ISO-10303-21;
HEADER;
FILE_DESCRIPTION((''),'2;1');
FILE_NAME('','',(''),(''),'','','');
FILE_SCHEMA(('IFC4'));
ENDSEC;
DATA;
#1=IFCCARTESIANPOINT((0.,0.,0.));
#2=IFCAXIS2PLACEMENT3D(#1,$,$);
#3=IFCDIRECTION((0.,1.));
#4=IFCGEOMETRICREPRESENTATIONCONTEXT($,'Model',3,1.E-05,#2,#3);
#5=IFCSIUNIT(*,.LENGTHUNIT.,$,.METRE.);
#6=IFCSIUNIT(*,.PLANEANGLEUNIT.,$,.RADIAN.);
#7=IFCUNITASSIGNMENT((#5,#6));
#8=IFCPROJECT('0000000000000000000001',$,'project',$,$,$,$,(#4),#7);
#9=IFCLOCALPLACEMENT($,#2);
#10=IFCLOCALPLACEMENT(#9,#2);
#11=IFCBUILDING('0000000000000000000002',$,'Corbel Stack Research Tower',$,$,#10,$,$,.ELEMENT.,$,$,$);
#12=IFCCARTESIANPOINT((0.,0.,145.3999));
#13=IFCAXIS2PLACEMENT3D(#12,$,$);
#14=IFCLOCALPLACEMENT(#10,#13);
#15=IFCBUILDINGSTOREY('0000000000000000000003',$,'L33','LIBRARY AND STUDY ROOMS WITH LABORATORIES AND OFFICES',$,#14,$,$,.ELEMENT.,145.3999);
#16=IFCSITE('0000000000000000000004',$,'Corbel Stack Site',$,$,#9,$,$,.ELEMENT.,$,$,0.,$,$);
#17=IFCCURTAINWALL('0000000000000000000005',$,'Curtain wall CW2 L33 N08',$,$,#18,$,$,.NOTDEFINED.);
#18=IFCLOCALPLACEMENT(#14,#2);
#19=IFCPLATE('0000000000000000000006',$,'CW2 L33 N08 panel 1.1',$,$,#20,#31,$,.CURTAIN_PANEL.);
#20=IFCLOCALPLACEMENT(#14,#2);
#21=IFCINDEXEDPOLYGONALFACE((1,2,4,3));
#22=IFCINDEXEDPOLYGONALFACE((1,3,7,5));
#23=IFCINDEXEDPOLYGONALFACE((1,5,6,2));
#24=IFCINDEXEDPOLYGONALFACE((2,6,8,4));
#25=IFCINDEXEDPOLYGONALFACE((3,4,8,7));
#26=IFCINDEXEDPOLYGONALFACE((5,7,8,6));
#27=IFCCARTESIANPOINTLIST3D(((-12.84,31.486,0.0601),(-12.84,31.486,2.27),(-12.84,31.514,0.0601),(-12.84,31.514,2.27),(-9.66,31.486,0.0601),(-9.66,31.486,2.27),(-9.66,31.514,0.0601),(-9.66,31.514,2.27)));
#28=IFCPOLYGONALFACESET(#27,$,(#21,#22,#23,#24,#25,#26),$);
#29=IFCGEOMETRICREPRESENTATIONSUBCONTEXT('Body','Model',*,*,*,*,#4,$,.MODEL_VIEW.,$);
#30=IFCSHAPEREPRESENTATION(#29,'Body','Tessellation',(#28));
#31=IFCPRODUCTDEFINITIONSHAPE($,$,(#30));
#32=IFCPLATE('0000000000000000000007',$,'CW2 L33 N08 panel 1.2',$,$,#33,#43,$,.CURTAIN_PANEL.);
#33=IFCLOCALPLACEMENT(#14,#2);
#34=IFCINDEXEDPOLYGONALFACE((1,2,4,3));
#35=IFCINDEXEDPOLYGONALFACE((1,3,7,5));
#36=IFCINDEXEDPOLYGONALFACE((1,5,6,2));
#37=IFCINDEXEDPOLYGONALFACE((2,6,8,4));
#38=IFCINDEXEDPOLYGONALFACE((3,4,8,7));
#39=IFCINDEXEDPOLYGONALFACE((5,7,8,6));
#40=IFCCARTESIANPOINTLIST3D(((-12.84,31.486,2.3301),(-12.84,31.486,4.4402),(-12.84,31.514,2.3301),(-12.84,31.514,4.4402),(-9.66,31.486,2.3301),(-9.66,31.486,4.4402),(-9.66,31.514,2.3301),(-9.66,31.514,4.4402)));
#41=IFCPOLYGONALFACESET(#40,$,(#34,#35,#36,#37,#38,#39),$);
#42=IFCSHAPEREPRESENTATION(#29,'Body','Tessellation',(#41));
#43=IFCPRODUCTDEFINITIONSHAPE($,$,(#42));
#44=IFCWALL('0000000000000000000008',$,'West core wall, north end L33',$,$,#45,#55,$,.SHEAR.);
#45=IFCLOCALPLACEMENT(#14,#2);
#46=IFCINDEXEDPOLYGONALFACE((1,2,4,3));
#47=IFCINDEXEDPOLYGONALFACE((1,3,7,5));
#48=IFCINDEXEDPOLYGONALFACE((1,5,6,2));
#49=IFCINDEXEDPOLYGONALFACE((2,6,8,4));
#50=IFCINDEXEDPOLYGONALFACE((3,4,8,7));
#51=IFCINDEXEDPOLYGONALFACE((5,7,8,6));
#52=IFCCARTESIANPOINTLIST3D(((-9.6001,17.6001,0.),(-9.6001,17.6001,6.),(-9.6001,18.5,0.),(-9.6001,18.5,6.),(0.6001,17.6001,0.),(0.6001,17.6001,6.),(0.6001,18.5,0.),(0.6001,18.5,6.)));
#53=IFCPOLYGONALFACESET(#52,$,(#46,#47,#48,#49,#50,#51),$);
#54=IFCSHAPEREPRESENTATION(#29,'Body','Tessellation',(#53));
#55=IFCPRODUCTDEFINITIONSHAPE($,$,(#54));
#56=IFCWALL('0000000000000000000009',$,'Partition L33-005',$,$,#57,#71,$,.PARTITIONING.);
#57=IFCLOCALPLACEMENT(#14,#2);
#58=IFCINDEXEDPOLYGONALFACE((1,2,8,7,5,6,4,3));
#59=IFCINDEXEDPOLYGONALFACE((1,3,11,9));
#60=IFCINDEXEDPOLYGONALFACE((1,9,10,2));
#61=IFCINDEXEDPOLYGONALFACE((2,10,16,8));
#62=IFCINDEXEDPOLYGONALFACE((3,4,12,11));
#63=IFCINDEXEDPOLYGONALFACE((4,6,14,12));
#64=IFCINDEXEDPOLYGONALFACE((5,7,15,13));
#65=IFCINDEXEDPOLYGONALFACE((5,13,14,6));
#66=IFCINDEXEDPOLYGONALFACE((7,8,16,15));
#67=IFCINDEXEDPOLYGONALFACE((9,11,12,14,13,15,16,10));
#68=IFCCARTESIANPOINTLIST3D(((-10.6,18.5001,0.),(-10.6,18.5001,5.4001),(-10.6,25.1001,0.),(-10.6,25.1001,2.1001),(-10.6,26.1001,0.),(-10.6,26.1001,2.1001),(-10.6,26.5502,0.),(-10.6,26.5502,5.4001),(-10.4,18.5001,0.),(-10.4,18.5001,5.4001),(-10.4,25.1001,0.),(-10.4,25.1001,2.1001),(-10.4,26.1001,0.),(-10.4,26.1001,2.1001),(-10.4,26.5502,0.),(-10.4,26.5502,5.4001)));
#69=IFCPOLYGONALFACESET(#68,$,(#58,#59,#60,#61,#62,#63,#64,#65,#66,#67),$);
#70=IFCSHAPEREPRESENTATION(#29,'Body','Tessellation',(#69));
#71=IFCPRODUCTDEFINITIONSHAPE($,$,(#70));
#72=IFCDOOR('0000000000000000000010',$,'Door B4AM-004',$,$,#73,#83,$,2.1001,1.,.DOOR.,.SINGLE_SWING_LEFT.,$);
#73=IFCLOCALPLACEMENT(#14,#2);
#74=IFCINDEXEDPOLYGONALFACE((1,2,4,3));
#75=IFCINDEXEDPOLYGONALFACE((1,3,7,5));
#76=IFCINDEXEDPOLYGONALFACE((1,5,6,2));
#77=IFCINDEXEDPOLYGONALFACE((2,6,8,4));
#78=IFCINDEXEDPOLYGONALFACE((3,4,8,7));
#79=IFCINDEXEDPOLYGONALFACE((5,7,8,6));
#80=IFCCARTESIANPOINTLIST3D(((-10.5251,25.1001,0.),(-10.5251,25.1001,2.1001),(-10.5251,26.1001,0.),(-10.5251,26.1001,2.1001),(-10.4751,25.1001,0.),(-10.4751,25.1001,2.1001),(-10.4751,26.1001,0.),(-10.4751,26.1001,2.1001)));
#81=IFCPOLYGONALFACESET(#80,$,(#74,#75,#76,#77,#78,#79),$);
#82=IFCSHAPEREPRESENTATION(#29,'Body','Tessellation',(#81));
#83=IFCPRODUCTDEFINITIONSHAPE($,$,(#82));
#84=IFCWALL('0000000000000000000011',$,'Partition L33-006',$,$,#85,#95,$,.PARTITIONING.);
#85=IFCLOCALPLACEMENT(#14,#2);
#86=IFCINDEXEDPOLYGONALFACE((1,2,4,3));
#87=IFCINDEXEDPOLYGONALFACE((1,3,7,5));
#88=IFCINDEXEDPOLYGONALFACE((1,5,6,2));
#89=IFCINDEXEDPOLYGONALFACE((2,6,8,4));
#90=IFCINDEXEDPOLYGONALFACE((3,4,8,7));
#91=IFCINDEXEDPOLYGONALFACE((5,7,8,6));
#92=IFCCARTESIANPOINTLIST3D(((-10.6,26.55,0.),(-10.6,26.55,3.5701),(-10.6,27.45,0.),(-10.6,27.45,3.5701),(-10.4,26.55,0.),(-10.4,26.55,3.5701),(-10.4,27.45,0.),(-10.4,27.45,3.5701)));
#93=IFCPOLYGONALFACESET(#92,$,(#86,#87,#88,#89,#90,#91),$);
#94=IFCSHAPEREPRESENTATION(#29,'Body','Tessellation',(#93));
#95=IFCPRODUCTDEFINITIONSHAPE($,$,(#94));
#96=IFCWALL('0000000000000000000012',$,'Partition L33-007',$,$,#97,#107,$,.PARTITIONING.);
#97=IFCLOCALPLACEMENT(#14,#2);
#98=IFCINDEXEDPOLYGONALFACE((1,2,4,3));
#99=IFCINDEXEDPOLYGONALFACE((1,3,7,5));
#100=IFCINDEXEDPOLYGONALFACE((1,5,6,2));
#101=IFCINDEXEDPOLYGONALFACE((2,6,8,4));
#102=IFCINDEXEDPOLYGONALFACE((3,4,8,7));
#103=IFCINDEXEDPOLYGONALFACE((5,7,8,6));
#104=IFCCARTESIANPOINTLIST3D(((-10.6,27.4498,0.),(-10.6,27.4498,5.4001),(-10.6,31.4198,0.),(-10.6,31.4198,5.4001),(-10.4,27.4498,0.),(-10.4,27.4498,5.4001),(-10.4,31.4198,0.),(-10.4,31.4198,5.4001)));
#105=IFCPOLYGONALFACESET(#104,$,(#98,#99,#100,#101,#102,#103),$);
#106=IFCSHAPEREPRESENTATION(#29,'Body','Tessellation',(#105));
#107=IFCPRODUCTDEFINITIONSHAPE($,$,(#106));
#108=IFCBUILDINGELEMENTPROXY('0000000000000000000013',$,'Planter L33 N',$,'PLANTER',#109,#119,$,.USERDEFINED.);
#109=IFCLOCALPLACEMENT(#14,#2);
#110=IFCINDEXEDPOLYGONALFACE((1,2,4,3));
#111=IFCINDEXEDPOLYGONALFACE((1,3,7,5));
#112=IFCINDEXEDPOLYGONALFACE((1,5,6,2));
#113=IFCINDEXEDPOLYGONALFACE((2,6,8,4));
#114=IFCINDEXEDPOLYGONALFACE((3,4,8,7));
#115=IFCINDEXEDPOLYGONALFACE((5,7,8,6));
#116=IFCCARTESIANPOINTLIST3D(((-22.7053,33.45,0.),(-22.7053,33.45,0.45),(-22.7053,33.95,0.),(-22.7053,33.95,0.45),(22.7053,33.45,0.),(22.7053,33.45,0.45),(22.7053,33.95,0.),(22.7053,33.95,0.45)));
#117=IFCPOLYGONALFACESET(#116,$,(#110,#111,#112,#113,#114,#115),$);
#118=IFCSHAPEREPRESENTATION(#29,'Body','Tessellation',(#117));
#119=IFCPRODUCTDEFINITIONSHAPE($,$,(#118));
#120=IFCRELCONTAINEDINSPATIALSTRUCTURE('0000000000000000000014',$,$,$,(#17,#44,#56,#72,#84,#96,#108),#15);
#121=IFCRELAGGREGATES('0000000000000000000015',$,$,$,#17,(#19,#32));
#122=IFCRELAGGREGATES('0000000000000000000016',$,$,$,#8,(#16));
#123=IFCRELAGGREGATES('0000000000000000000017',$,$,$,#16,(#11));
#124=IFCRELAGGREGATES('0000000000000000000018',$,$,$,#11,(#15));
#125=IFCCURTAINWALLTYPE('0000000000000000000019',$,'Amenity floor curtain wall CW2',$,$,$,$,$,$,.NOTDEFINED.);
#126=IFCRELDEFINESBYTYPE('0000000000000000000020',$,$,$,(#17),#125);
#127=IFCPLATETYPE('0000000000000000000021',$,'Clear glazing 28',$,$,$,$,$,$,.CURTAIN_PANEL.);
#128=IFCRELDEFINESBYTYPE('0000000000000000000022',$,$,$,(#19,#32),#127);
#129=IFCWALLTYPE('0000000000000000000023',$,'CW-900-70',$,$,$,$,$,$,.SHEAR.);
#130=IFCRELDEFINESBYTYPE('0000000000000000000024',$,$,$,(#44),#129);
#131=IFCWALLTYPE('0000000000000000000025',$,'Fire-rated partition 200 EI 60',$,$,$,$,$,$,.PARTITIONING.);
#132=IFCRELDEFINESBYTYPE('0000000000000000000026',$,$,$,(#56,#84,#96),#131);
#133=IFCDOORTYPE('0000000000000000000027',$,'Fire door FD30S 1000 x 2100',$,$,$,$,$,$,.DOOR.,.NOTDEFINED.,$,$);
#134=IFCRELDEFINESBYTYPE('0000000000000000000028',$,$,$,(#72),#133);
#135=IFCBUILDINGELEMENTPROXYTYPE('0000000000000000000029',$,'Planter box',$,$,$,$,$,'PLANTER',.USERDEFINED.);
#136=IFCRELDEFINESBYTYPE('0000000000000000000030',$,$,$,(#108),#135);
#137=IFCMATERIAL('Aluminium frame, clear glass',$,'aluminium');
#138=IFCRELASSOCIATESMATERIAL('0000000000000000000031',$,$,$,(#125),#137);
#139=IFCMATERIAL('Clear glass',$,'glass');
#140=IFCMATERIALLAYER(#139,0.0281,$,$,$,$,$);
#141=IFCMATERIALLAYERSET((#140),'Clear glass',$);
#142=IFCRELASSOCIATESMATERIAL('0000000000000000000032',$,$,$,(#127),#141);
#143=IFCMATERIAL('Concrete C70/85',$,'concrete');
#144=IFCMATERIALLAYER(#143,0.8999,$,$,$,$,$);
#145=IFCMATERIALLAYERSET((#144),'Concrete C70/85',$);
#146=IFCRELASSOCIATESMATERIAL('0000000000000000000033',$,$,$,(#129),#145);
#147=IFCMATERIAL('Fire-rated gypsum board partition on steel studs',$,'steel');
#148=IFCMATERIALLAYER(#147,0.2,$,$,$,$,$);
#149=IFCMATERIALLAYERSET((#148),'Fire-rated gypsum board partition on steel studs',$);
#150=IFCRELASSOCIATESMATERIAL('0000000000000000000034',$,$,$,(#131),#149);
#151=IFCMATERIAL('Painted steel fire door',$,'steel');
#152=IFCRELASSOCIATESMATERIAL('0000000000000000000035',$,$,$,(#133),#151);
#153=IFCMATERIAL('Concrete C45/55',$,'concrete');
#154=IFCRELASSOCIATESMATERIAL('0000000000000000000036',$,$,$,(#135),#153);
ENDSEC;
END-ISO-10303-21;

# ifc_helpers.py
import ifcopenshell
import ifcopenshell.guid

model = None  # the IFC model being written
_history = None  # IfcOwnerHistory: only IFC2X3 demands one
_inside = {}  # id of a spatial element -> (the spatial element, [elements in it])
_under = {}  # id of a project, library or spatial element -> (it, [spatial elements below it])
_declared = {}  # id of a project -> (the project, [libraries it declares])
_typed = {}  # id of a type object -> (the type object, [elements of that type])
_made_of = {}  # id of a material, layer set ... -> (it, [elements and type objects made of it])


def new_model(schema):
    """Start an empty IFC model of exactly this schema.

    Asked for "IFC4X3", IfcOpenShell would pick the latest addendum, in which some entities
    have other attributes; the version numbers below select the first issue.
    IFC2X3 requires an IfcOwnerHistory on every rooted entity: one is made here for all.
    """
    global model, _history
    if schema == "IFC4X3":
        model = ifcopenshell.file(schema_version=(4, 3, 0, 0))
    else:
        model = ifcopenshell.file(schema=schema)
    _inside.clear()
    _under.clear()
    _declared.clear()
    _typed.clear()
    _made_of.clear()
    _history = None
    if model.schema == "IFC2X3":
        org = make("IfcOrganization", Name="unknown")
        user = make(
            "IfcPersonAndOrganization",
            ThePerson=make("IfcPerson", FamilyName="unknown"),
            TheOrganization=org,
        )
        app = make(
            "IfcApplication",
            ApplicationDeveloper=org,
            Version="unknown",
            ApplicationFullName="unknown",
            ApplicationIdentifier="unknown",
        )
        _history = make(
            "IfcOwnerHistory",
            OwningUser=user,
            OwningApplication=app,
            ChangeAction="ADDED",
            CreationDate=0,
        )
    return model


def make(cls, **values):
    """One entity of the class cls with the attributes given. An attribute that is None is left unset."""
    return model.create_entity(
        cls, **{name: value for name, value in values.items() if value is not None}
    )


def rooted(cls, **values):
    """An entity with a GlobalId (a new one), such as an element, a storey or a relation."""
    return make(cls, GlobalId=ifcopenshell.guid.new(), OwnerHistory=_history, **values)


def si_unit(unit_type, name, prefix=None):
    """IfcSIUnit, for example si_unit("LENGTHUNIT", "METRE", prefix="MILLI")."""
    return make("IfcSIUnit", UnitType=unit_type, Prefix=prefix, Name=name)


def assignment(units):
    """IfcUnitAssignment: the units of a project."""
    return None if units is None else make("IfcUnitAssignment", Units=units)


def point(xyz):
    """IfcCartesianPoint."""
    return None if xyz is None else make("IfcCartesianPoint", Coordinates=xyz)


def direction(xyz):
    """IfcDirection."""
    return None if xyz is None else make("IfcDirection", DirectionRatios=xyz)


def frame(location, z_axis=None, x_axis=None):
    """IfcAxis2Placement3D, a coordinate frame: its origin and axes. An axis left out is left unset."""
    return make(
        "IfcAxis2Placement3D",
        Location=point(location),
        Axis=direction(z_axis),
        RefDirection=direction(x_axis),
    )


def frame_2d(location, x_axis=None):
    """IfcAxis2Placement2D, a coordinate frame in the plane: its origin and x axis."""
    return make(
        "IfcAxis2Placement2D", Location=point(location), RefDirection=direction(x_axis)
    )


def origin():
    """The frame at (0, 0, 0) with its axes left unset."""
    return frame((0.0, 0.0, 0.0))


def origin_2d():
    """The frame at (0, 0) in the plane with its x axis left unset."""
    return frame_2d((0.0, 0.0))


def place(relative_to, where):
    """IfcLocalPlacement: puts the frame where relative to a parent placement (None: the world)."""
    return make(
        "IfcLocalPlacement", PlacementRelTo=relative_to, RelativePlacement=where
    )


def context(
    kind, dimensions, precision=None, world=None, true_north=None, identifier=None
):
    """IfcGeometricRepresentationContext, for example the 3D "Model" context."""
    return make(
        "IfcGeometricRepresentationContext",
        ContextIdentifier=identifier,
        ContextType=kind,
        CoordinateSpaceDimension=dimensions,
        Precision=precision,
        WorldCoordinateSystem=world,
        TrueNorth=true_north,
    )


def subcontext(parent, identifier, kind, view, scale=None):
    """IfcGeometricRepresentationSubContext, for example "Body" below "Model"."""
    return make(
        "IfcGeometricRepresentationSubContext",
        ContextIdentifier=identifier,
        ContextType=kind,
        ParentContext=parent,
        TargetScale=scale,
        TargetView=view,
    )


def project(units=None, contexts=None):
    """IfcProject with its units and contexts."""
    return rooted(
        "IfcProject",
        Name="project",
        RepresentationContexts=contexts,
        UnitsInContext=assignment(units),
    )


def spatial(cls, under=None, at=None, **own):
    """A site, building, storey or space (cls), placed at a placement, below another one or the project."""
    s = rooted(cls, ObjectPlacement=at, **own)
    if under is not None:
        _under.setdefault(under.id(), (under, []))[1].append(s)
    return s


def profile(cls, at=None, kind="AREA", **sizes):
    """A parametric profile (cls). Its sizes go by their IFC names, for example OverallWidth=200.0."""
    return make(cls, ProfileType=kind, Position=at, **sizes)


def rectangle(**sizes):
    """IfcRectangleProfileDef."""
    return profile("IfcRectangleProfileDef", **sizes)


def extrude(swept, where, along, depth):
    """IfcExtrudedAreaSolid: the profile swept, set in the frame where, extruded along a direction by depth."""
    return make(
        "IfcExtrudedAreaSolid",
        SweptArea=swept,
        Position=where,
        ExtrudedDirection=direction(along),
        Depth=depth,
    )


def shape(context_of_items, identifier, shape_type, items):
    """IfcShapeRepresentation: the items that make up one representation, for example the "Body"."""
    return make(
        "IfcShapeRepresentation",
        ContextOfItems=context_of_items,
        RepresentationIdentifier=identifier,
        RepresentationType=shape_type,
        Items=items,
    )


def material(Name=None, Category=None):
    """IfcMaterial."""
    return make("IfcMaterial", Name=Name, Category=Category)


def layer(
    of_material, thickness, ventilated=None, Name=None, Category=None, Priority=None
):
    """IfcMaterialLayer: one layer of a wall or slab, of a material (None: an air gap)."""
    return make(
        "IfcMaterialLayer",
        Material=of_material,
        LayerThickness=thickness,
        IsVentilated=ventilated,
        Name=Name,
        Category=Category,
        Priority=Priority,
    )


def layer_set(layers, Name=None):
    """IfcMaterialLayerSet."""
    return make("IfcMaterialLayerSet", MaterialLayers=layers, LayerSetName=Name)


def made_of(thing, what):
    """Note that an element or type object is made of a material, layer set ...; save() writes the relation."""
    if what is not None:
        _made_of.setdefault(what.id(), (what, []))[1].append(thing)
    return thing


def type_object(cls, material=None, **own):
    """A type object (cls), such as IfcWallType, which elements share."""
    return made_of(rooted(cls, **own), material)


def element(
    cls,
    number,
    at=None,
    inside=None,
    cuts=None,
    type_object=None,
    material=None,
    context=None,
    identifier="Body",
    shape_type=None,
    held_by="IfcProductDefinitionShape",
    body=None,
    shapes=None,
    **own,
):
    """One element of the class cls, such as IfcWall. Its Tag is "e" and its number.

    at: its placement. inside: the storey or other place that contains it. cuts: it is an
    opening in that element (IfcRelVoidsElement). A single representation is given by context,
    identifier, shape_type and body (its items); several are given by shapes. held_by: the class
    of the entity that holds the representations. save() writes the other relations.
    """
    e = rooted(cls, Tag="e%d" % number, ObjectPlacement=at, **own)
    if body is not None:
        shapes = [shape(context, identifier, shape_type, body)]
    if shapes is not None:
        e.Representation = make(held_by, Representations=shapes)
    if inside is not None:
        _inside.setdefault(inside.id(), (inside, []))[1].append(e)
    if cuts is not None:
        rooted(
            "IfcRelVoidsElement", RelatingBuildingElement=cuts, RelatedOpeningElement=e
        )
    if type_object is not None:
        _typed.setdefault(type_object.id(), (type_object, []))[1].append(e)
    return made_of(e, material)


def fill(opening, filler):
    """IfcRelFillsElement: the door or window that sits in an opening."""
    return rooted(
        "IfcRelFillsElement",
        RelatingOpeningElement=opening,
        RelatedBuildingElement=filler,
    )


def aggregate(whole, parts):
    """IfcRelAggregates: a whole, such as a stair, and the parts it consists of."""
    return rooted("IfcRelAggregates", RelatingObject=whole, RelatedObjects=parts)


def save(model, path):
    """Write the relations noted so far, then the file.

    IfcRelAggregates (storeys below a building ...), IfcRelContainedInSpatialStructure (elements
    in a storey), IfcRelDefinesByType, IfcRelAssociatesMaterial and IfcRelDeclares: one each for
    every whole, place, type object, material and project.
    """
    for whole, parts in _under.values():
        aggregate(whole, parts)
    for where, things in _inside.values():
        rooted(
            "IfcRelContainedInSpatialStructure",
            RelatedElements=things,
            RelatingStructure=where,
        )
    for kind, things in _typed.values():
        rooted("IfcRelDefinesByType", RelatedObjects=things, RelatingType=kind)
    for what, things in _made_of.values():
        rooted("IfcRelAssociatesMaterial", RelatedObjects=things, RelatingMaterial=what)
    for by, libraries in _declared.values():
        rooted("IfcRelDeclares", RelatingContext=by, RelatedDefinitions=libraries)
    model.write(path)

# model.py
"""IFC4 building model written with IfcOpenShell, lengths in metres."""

from ifc_helpers import new_model, si_unit, direction, frame, frame_2d, origin, origin_2d, place, context, subcontext, project, spatial, rectangle, extrude, material, layer, layer_set, type_object, element, fill, aggregate, save


model = new_model("IFC4")

# Units and contexts
model_context = context("Model", 3, precision=1e-05, world=origin(), true_north=direction((0.0, 1.0)))
body_context = subcontext(model_context, "Body", "Model", "MODEL_VIEW")
ifc_project = project(units=[si_unit("LENGTHUNIT", "METRE"), si_unit("PLANEANGLEUNIT", "RADIAN")], contexts=[model_context])

# Site, building, storey
site_placement = place(None, origin())
site = spatial("IfcSite", under=ifc_project, at=site_placement, Name="Corbel Stack Site", CompositionType="ELEMENT", RefElevation=0.0)
building_placement = place(site_placement, origin())
building = spatial("IfcBuilding", under=site, at=building_placement, Name="Corbel Stack Research Tower", CompositionType="ELEMENT")
storey_placement = place(building_placement, frame((0.0, 0.0, 145.3999)))
storey = spatial("IfcBuildingStorey", under=building, at=storey_placement, Name="L33", Description="LIBRARY AND STUDY ROOMS WITH LABORATORIES AND OFFICES", CompositionType="ELEMENT", Elevation=145.3999)

# Shared definitions
ifc_material_1 = material(Name="Aluminium frame, clear glass", Category="aluminium")
curtain_wall_type = type_object("IfcCurtainWallType", Name="Amenity floor curtain wall CW2", PredefinedType="NOTDEFINED", material=ifc_material_1)

# Curtain wall
curtain_wall_1_placement = place(storey_placement, origin())
curtain_wall_1 = element("IfcCurtainWall", 1, at=curtain_wall_1_placement, inside=storey, type_object=curtain_wall_type, Name="Curtain wall CW2 L33 N08", PredefinedType="NOTDEFINED")

# Plates
ifc_material_2 = material(Name="Clear glass", Category="glass")
ifc_layer_1 = layer(ifc_material_2, 0.0281)
ifc_layer_set_1 = layer_set([ifc_layer_1], Name="Clear glass")
plate_type = type_object("IfcPlateType", Name="Clear glazing 28", PredefinedType="CURTAIN_PANEL", material=ifc_layer_set_1)
plate_1_placement = place(storey_placement, frame((-11.25, 31.5, 0.0601), z_axis=(0.0, 0.0, 1.0), x_axis=(-1.0, 0.0, 0.0)))
plate_1 = element("IfcPlate", 2, at=plate_1_placement, type_object=plate_type, Name="CW2 L33 N08 panel 1.1", PredefinedType="CURTAIN_PANEL", context=body_context, shape_type="SweptSolid", body=[
    extrude(rectangle(XDim=3.1799, YDim=0.0281, at=origin_2d()), origin(), (0.0, 0.0, 1.0), 2.21),
])
plate_2_placement = place(storey_placement, frame((-11.25, 31.5, 2.3301), z_axis=(0.0, 0.0, 1.0), x_axis=(-1.0, 0.0, 0.0)))
plate_2 = element("IfcPlate", 3, at=plate_2_placement, type_object=plate_type, Name="CW2 L33 N08 panel 1.2", PredefinedType="CURTAIN_PANEL", context=body_context, shape_type="SweptSolid", body=[
    extrude(rectangle(XDim=3.1799, YDim=0.0281, at=origin_2d()), origin(), (0.0, 0.0, 1.0), 2.1101),
])
aggregate(curtain_wall_1, [plate_1, plate_2])

# Wall
ifc_material_3 = material(Name="Concrete C70/85", Category="concrete")
ifc_layer_2 = layer(ifc_material_3, 0.8999)
ifc_layer_set_2 = layer_set([ifc_layer_2], Name="Concrete C70/85")
wall_type_1 = type_object("IfcWallType", Name="CW-900-70", PredefinedType="SHEAR", material=ifc_layer_set_2)
wall_1_placement = place(storey_placement, frame((-9.6001, 18.05, 0.0), z_axis=(0.0, 0.0, 1.0), x_axis=(1.0, 0.0, 0.0)))
element("IfcWall", 4, at=wall_1_placement, inside=storey, type_object=wall_type_1, Name="West core wall, north end L33", PredefinedType="SHEAR", context=body_context, shape_type="SweptSolid", body=[
    extrude(rectangle(XDim=10.2002, YDim=0.8999, at=frame_2d((5.1001, 0.0))), origin(), (0.0, 0.0, 1.0), 6.0),
])

# Wall, opening, door
ifc_material_4 = material(Name="Fire-rated gypsum board partition on steel studs", Category="steel")
ifc_layer_3 = layer(ifc_material_4, 0.2)
ifc_layer_set_3 = layer_set([ifc_layer_3], Name="Fire-rated gypsum board partition on steel studs")
wall_type_2 = type_object("IfcWallType", Name="Fire-rated partition 200 EI 60", PredefinedType="PARTITIONING", material=ifc_layer_set_3)
wall_2_placement = place(storey_placement, frame((-10.5, 26.55, 0.0), z_axis=(0.0, 0.0, 1.0), x_axis=(0.0, -1.0, 0.0)))
wall_2 = element("IfcWall", 5, at=wall_2_placement, inside=storey, type_object=wall_type_2, Name="Partition L33-005", PredefinedType="PARTITIONING", context=body_context, shape_type="SweptSolid", body=[
    extrude(rectangle(XDim=8.05, YDim=0.2, at=frame_2d((4.0249, 0.0))), origin(), (0.0, 0.0, 1.0), 5.4001),
])
opening_placement = place(wall_2_placement, frame((0.45, 0.0, 0.0)))
opening = element("IfcOpeningElement", 6, at=opening_placement, cuts=wall_2, PredefinedType="OPENING", context=body_context, shape_type="SweptSolid", body=[
    extrude(rectangle(XDim=1.0, YDim=2.1001, at=frame_2d((0.5, 1.05))), frame((0.0, 0.1099, 0.0), z_axis=(0.0, -1.0, 0.0), x_axis=(1.0, 0.0, 0.0)), (0.0, 0.0, 1.0), 0.22),
])
ifc_material_5 = material(Name="Painted steel fire door", Category="steel")
door_type = type_object("IfcDoorType", Name="Fire door FD30S 1000 x 2100", OperationType="NOTDEFINED", PredefinedType="DOOR", material=ifc_material_5)
door_placement = place(opening_placement, origin())
door = element("IfcDoor", 7, at=door_placement, inside=storey, type_object=door_type, Name="Door B4AM-004", OperationType="SINGLE_SWING_LEFT", OverallHeight=2.1001, OverallWidth=1.0, PredefinedType="DOOR", context=body_context, shape_type="SweptSolid", body=[
    extrude(rectangle(XDim=1.0, YDim=2.1001, at=frame_2d((0.5, 1.05))), frame((0.0, 0.0249, 0.0), z_axis=(0.0, -1.0, 0.0), x_axis=(1.0, 0.0, 0.0)), (0.0, 0.0, 1.0), 0.05),
])
fill(opening, door)

# Walls
wall_3_placement = place(storey_placement, frame((-10.5, 26.55, 0.0), z_axis=(0.0, 0.0, 1.0), x_axis=(0.0, 1.0, 0.0)))
element("IfcWall", 8, at=wall_3_placement, inside=storey, type_object=wall_type_2, Name="Partition L33-006", PredefinedType="PARTITIONING", context=body_context, shape_type="SweptSolid", body=[
    extrude(rectangle(XDim=0.8999, YDim=0.2, at=frame_2d((0.45, 0.0))), origin(), (0.0, 0.0, 1.0), 3.5701),
])
wall_4_placement = place(storey_placement, frame((-10.5, 27.45, 0.0), z_axis=(0.0, 0.0, 1.0), x_axis=(0.0, 1.0, 0.0)))
element("IfcWall", 9, at=wall_4_placement, inside=storey, type_object=wall_type_2, Name="Partition L33-007", PredefinedType="PARTITIONING", context=body_context, shape_type="SweptSolid", body=[
    extrude(rectangle(XDim=3.97, YDim=0.2, at=frame_2d((1.9849, 0.0))), origin(), (0.0, 0.0, 1.0), 5.4001),
])

# Building element proxy
ifc_material_6 = material(Name="Concrete C45/55", Category="concrete")
building_element_proxy_type = type_object("IfcBuildingElementProxyType", Name="Planter box", ElementType="PLANTER", PredefinedType="USERDEFINED", material=ifc_material_6)
proxy_placement = place(storey_placement, frame((0.0, 33.7, 0.0), z_axis=(0.0, 0.0, 1.0), x_axis=(-1.0, 0.0, 0.0)))
element("IfcBuildingElementProxy", 10, at=proxy_placement, inside=storey, type_object=building_element_proxy_type, Name="Planter L33 N", ObjectType="PLANTER", PredefinedType="USERDEFINED", context=body_context, shape_type="SweptSolid", body=[
    extrude(rectangle(XDim=45.4106, YDim=0.5, at=origin_2d()), origin(), (0.0, 0.0, 1.0), 0.45),
])

save(model, "model.ifc")
